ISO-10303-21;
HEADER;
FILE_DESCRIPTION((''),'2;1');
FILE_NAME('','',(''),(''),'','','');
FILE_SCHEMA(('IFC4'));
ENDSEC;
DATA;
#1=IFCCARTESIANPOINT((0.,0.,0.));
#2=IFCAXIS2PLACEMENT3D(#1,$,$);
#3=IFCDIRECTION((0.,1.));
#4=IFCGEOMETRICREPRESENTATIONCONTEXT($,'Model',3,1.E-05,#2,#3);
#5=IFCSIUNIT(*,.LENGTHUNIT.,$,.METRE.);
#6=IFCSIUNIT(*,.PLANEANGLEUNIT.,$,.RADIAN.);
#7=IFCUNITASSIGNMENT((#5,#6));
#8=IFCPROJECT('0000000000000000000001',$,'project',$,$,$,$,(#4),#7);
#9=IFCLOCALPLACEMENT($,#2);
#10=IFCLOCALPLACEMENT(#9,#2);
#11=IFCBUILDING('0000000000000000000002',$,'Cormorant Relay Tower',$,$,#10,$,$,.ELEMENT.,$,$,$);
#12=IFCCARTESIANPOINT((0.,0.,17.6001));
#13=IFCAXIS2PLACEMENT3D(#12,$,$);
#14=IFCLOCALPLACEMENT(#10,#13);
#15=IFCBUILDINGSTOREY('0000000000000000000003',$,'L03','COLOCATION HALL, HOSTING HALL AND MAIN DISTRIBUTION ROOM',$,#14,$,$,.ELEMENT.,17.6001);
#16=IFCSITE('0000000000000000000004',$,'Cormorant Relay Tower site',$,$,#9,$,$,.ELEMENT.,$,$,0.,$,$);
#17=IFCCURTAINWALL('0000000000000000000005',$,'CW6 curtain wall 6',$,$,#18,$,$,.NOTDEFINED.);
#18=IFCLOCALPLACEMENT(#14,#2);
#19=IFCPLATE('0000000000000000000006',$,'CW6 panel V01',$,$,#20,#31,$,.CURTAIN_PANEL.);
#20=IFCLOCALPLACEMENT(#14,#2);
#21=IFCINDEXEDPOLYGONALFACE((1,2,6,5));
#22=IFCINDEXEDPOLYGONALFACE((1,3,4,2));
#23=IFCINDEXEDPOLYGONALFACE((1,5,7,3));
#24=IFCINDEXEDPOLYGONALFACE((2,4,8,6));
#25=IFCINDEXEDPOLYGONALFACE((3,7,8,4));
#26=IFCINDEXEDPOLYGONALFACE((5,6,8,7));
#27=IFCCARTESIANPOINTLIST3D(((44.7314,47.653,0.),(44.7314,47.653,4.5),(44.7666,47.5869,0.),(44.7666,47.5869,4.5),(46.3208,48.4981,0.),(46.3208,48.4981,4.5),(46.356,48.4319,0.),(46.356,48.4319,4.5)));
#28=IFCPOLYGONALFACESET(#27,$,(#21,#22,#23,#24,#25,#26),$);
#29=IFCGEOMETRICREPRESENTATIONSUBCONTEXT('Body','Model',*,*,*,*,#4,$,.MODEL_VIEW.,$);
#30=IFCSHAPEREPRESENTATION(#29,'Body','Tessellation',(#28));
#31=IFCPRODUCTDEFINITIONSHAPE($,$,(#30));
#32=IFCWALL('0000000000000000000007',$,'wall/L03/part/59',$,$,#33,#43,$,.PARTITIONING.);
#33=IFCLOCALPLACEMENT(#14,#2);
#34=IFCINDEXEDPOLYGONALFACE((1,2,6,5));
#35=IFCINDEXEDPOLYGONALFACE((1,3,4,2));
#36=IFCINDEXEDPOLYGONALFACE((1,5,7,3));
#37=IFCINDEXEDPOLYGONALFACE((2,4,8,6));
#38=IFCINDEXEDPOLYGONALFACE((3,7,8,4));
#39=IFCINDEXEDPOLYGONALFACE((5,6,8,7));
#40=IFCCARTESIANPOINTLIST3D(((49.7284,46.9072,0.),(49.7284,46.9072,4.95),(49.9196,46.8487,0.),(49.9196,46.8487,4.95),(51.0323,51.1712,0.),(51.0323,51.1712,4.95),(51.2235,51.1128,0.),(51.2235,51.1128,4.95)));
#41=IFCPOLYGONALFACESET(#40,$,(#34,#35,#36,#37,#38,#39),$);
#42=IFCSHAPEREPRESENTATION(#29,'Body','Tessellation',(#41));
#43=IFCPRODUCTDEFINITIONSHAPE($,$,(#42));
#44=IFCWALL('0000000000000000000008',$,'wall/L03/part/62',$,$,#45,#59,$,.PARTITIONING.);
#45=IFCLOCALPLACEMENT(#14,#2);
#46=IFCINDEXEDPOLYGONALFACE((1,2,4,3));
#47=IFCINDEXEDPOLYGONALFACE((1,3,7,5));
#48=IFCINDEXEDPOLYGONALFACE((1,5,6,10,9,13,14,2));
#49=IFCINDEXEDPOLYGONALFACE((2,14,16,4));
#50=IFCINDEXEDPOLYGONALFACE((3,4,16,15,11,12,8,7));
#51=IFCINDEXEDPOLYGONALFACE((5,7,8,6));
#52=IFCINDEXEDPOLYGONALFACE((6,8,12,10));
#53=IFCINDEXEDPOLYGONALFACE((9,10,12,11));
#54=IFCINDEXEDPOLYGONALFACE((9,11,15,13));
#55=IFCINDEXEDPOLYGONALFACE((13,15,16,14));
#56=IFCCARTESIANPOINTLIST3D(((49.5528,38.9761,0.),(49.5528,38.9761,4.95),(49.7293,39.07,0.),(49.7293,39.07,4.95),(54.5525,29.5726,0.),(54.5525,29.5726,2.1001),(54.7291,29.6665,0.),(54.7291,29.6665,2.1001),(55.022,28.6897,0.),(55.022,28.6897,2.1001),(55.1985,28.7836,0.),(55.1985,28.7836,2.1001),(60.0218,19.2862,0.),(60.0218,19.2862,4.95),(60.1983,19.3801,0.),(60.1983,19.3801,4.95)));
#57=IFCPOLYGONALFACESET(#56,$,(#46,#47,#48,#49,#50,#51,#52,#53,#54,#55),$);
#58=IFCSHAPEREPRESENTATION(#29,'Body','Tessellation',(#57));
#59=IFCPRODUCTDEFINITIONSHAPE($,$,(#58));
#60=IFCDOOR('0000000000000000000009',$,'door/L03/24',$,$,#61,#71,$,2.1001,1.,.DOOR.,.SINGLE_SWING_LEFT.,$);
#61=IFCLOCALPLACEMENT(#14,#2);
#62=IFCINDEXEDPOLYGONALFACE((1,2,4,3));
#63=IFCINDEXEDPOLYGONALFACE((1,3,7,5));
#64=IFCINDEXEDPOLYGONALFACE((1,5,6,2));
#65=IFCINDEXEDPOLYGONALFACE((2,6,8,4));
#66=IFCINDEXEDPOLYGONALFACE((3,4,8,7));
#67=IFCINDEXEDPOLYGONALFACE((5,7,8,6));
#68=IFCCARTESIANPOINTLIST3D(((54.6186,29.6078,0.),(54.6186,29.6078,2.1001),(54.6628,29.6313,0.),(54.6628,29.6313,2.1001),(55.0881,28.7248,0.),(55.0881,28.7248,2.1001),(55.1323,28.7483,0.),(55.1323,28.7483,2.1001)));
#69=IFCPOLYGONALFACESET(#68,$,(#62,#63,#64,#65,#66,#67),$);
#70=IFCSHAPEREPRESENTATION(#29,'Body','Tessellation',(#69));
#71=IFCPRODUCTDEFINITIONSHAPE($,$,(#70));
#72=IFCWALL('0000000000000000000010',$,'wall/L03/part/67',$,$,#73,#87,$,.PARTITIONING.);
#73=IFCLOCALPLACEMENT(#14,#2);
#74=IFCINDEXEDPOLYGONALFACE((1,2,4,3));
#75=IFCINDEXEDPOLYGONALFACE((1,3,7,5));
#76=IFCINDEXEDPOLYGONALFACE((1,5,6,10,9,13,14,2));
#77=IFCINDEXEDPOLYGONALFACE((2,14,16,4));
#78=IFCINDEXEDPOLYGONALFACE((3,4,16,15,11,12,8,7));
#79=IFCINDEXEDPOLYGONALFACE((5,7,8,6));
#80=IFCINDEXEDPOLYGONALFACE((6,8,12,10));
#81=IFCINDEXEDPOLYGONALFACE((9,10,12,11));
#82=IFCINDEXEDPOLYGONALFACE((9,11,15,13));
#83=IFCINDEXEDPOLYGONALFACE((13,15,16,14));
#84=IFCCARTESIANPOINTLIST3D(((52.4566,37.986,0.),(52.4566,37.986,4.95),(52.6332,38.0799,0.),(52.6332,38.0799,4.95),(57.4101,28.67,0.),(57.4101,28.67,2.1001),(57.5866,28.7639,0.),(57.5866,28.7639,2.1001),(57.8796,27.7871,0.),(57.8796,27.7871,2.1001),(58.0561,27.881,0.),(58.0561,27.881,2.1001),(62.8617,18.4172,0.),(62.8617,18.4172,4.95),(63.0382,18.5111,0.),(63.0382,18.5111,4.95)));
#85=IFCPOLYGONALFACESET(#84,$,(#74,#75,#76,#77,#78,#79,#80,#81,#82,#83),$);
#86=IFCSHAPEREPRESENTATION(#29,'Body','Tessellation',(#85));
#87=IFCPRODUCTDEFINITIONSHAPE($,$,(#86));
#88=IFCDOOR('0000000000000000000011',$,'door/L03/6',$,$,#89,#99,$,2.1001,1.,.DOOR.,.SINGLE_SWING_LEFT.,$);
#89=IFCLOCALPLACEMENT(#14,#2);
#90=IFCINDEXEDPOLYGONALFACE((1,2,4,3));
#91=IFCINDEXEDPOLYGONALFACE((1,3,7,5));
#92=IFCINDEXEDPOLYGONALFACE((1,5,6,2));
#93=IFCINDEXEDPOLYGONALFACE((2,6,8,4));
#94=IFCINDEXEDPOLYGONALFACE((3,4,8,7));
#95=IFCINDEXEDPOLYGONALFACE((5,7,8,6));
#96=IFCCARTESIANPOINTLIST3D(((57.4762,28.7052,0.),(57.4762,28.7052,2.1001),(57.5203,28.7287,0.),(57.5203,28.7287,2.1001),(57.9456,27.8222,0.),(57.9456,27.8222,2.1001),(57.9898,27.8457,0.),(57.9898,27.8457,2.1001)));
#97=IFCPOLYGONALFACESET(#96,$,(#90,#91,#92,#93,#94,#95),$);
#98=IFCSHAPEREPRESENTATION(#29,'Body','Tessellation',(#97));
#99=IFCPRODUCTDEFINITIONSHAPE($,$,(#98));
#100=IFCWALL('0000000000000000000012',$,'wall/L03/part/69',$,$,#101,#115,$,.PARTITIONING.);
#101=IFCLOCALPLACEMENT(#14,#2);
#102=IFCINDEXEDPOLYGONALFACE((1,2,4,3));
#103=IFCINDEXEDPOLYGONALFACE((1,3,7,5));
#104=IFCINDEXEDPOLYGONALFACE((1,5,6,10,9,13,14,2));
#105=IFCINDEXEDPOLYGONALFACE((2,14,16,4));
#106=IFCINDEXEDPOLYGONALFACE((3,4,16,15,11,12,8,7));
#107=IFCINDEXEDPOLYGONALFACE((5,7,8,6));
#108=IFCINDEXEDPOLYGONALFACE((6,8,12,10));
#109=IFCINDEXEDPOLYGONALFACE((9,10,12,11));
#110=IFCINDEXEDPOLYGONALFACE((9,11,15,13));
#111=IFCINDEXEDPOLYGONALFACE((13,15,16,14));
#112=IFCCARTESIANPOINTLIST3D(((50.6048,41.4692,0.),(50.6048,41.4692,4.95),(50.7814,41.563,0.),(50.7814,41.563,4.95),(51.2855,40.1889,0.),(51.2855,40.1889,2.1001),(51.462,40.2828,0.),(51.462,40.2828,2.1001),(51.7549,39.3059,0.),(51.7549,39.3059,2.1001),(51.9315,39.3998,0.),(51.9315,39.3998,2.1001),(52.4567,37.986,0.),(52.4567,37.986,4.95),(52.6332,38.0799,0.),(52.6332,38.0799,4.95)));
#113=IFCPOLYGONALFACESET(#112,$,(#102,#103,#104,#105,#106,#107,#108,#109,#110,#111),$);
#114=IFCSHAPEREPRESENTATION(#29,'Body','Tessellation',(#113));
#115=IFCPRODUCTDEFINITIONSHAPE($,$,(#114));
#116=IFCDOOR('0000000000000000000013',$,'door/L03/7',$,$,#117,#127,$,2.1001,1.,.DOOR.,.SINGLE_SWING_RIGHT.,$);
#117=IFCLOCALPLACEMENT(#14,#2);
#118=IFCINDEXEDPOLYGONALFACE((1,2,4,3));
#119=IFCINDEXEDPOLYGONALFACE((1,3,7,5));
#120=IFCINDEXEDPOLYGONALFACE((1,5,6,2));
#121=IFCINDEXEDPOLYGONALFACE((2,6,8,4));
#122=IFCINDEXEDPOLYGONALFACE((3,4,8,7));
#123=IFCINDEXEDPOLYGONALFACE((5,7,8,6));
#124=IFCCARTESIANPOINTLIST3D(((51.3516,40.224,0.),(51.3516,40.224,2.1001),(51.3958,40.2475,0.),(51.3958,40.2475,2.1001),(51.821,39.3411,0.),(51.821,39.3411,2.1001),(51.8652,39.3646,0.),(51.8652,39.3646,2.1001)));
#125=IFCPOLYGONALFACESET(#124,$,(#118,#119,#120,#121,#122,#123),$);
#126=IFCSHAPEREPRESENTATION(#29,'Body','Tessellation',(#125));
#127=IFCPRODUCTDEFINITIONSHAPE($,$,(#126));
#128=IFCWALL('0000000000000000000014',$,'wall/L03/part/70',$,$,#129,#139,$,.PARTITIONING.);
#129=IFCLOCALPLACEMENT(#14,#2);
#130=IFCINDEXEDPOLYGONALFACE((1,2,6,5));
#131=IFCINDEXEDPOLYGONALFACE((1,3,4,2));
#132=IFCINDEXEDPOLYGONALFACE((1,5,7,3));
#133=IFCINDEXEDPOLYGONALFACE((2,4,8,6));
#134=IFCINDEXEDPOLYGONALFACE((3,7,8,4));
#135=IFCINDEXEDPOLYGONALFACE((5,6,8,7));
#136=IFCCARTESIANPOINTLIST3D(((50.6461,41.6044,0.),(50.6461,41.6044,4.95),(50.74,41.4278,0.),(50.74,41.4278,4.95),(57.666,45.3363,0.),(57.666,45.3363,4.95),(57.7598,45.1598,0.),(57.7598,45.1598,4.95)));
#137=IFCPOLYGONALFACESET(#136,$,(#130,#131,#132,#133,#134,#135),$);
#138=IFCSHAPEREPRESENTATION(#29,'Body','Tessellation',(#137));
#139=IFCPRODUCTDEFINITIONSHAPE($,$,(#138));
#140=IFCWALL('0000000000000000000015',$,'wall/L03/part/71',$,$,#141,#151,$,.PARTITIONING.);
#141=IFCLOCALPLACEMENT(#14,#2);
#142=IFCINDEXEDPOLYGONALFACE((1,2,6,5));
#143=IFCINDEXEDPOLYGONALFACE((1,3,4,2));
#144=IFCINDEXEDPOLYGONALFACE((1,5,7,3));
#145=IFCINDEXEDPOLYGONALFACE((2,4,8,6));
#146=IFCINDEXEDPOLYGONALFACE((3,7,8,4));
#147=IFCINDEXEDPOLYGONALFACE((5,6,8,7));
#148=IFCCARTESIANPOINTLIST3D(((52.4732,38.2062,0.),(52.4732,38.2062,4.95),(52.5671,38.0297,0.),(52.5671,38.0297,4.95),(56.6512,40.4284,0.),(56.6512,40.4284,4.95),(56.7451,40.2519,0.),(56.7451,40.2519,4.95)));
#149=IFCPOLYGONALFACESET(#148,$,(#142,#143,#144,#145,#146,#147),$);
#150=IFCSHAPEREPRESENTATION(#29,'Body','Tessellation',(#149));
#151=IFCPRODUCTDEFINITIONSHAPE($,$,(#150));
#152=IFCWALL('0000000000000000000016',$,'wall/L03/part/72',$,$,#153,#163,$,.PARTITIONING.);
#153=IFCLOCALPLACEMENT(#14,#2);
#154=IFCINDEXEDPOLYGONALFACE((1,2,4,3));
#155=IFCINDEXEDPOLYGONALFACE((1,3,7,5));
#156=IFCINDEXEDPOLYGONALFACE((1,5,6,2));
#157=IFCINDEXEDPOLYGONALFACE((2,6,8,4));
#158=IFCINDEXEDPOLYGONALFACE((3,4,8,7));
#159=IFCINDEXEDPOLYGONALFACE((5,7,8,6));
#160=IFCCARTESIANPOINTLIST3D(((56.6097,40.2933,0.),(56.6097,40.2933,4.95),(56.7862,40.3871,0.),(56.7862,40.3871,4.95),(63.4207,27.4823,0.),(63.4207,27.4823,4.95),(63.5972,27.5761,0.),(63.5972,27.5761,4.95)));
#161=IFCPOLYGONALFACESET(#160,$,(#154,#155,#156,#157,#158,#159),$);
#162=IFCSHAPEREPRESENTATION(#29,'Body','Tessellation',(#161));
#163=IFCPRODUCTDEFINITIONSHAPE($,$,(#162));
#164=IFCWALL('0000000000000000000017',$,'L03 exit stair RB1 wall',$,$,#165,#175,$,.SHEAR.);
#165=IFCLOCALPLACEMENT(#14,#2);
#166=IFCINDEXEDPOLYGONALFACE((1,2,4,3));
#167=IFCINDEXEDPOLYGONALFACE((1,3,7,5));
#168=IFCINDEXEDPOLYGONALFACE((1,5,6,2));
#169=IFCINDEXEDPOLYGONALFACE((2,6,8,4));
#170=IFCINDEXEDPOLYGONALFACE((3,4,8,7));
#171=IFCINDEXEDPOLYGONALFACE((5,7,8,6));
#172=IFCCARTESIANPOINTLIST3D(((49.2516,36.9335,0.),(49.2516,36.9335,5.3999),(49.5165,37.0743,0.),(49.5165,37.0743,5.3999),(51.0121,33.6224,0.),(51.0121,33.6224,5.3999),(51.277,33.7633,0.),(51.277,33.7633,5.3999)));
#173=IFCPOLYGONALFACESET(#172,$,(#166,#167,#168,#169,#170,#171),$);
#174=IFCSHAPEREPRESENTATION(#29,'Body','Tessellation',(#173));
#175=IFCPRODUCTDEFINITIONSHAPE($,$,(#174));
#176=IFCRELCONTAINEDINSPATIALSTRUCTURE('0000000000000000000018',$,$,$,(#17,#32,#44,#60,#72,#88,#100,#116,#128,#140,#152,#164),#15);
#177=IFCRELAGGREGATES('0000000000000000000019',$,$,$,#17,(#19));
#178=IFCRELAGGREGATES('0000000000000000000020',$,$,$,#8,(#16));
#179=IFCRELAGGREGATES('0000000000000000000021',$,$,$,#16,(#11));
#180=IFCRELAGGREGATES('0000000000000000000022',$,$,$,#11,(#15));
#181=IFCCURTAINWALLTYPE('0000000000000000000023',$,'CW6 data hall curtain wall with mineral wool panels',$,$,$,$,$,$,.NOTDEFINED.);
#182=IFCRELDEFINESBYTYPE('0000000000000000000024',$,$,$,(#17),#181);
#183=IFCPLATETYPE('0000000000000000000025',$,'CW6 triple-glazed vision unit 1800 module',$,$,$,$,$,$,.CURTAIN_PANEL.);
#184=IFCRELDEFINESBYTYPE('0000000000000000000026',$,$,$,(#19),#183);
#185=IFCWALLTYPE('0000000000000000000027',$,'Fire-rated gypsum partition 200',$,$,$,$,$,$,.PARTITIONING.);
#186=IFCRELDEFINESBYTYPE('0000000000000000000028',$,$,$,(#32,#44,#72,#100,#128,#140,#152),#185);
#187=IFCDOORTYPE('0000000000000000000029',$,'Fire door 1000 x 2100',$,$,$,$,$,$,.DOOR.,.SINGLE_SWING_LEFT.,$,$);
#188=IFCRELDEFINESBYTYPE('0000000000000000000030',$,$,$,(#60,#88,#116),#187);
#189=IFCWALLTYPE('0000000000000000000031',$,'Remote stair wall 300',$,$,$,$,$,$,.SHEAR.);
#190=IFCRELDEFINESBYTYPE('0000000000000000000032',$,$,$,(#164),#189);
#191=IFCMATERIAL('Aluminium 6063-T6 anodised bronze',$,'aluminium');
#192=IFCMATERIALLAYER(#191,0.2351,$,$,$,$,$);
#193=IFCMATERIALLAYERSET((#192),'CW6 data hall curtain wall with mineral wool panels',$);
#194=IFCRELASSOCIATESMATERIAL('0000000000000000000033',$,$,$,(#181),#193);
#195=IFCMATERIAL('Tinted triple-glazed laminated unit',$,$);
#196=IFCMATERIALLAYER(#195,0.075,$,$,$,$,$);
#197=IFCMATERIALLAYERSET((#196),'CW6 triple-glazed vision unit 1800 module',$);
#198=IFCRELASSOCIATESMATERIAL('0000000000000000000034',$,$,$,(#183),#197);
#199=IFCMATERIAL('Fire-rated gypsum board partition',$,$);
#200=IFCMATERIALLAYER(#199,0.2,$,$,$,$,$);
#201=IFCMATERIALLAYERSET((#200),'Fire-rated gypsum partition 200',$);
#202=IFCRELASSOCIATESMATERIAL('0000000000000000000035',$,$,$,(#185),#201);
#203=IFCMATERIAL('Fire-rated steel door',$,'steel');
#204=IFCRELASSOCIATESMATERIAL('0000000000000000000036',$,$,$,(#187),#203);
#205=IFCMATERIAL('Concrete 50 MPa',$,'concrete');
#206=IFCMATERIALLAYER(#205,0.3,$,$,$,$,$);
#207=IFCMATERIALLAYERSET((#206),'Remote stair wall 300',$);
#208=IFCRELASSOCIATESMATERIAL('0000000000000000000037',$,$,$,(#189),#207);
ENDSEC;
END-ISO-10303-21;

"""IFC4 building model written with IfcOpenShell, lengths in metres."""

from ifc_helpers import new_model, si_unit, direction, frame, frame_2d, origin, origin_2d, place, context, subcontext, project, spatial, rectangle, extrude, material, layer, layer_set, type_object, element, fill, aggregate, save


model = new_model("IFC4")

# Units and contexts
model_context = context("Model", 3, precision=1e-05, world=origin(), true_north=direction((0.0, 1.0)))
body_context = subcontext(model_context, "Body", "Model", "MODEL_VIEW")
ifc_project = project(units=[si_unit("LENGTHUNIT", "METRE"), si_unit("PLANEANGLEUNIT", "RADIAN")], contexts=[model_context])

# Site, building, storey
site_placement = place(None, origin())
site = spatial("IfcSite", under=ifc_project, at=site_placement, Name="Cormorant Relay Tower site", CompositionType="ELEMENT", RefElevation=0.0)
building_placement = place(site_placement, origin())
building = spatial("IfcBuilding", under=site, at=building_placement, Name="Cormorant Relay Tower", CompositionType="ELEMENT")
storey_placement = place(building_placement, frame((0.0, 0.0, 17.6001)))
storey = spatial("IfcBuildingStorey", under=building, at=storey_placement, Name="L03", Description="COLOCATION HALL, HOSTING HALL AND MAIN DISTRIBUTION ROOM", CompositionType="ELEMENT", Elevation=17.6001)

# Shared definitions
ifc_material_1 = material(Name="Aluminium 6063-T6 anodised bronze", Category="aluminium")
ifc_layer_1 = layer(ifc_material_1, 0.2351)
ifc_layer_set_1 = layer_set([ifc_layer_1], Name="CW6 data hall curtain wall with mineral wool panels")
curtain_wall_type = type_object("IfcCurtainWallType", Name="CW6 data hall curtain wall with mineral wool panels", PredefinedType="NOTDEFINED", material=ifc_layer_set_1)

# Curtain wall
curtain_wall_1_placement = place(storey_placement, origin())
curtain_wall_1 = element("IfcCurtainWall", 1, at=curtain_wall_1_placement, inside=storey, type_object=curtain_wall_type, Name="CW6 curtain wall 6", PredefinedType="NOTDEFINED")

# Plate
ifc_material_2 = material(Name="Tinted triple-glazed laminated unit")
ifc_layer_2 = layer(ifc_material_2, 0.075)
ifc_layer_set_2 = layer_set([ifc_layer_2], Name="CW6 triple-glazed vision unit 1800 module")
plate_type = type_object("IfcPlateType", Name="CW6 triple-glazed vision unit 1800 module", PredefinedType="CURTAIN_PANEL", material=ifc_layer_set_2)
plate_1_placement = place(storey_placement, frame((45.5437, 48.0425, 0.0), z_axis=(0.0, 0.0, 1.0), x_axis=(-0.882948, -0.469472, 0.0)))
plate_1 = element("IfcPlate", 2, at=plate_1_placement, type_object=plate_type, Name="CW6 panel V01", PredefinedType="CURTAIN_PANEL", context=body_context, shape_type="SweptSolid", body=[
    extrude(rectangle(XDim=1.8, YDim=0.075, at=origin_2d()), origin(), (0.0, 0.0, 1.0), 4.5),
])

# Wall
ifc_material_3 = material(Name="Fire-rated gypsum board partition")
ifc_layer_3 = layer(ifc_material_3, 0.2)
ifc_layer_set_3 = layer_set([ifc_layer_3], Name="Fire-rated gypsum partition 200")
wall_type_1 = type_object("IfcWallType", Name="Fire-rated gypsum partition 200", PredefinedType="PARTITIONING", material=ifc_layer_set_3)
wall_1_placement = place(storey_placement, frame((49.824, 46.8779, 0.0), z_axis=(0.0, 0.0, 1.0), x_axis=(0.292427, 0.956288, 0.0)))
element("IfcWall", 3, at=wall_1_placement, inside=storey, type_object=wall_type_1, Name="wall/L03/part/59", PredefinedType="PARTITIONING", context=body_context, shape_type="SweptSolid", body=[
    extrude(rectangle(XDim=4.459, YDim=0.2, at=frame_2d((2.2295, 0.0))), origin(), (0.0, 0.0, 1.0), 4.95),
])

# Walls, openings, doors
wall_2_placement = place(storey_placement, frame((49.6411, 39.0229, 0.0), z_axis=(0.0, 0.0, 1.0), x_axis=(0.46946, -0.882954, 0.0)))
wall_2 = element("IfcWall", 4, at=wall_2_placement, inside=storey, type_object=wall_type_1, Name="wall/L03/part/62", PredefinedType="PARTITIONING", context=body_context, shape_type="SweptSolid", body=[
    extrude(rectangle(XDim=22.3, YDim=0.2, at=frame_2d((11.1499, 0.0))), origin(), (0.0, 0.0, 1.0), 4.95),
])
opening_1_placement = place(wall_2_placement, frame((10.6499, 0.0, 0.0)))
opening_1 = element("IfcOpeningElement", 5, at=opening_1_placement, cuts=wall_2, PredefinedType="OPENING", context=body_context, shape_type="SweptSolid", body=[
    extrude(rectangle(XDim=1.0, YDim=2.1001, at=frame_2d((0.5, 1.05))), frame((0.0, 0.1099, 0.0), z_axis=(0.0, -1.0, 0.0), x_axis=(1.0, 0.0, 0.0)), (0.0, 0.0, 1.0), 0.22),
])
ifc_material_4 = material(Name="Fire-rated steel door", Category="steel")
door_type = type_object("IfcDoorType", Name="Fire door 1000 x 2100", OperationType="SINGLE_SWING_LEFT", PredefinedType="DOOR", material=ifc_material_4)
door_1_placement = place(opening_1_placement, origin())
door_1 = element("IfcDoor", 6, at=door_1_placement, inside=storey, type_object=door_type, Name="door/L03/24", OperationType="SINGLE_SWING_LEFT", OverallHeight=2.1001, OverallWidth=1.0, PredefinedType="DOOR", context=body_context, shape_type="SweptSolid", body=[
    extrude(rectangle(XDim=1.0, YDim=2.1001, at=frame_2d((0.5, 1.05))), frame((0.0, 0.0249, 0.0), z_axis=(0.0, -1.0, 0.0), x_axis=(1.0, 0.0, 0.0)), (0.0, 0.0, 1.0), 0.05),
])
fill(opening_1, door_1)
wall_3_placement = place(storey_placement, frame((52.5449, 38.033, 0.0), z_axis=(0.0, 0.0, 1.0), x_axis=(0.469475, -0.882946, 0.0)))
wall_3 = element("IfcWall", 7, at=wall_3_placement, inside=storey, type_object=wall_type_1, Name="wall/L03/part/67", PredefinedType="PARTITIONING", context=body_context, shape_type="SweptSolid", body=[
    extrude(rectangle(XDim=22.1631, YDim=0.2, at=frame_2d((11.0815, 0.0))), origin(), (0.0, 0.0, 1.0), 4.95),
])
opening_2_placement = place(wall_3_placement, frame((10.551, 0.0, 0.0)))
opening_2 = element("IfcOpeningElement", 8, at=opening_2_placement, cuts=wall_3, PredefinedType="OPENING", context=body_context, shape_type="SweptSolid", body=[
    extrude(rectangle(XDim=1.0, YDim=2.1001, at=frame_2d((0.5, 1.05))), frame((0.0, 0.1099, 0.0), z_axis=(0.0, -1.0, 0.0), x_axis=(1.0, 0.0, 0.0)), (0.0, 0.0, 1.0), 0.22),
])
door_2_placement = place(opening_2_placement, origin())
door_2 = element("IfcDoor", 9, at=door_2_placement, inside=storey, type_object=door_type, Name="door/L03/6", OperationType="SINGLE_SWING_LEFT", OverallHeight=2.1001, OverallWidth=1.0, PredefinedType="DOOR", context=body_context, shape_type="SweptSolid", body=[
    extrude(rectangle(XDim=1.0, YDim=2.1001, at=frame_2d((0.5, 1.05))), frame((0.0, 0.0249, 0.0), z_axis=(0.0, -1.0, 0.0), x_axis=(1.0, 0.0, 0.0)), (0.0, 0.0, 1.0), 0.05),
])
fill(opening_2, door_2)
wall_4_placement = place(storey_placement, frame((50.6931, 41.5161, 0.0), z_axis=(0.0, 0.0, 1.0), x_axis=(0.469428, -0.882971, 0.0)))
wall_4 = element("IfcWall", 10, at=wall_4_placement, inside=storey, type_object=wall_type_1, Name="wall/L03/part/69", PredefinedType="PARTITIONING", context=body_context, shape_type="SweptSolid", body=[
    extrude(rectangle(XDim=3.9448, YDim=0.2, at=frame_2d((1.9724, 0.0))), origin(), (0.0, 0.0, 1.0), 4.95),
])
opening_3_placement = place(wall_4_placement, frame((1.45, 0.0, 0.0)))
opening_3 = element("IfcOpeningElement", 11, at=opening_3_placement, cuts=wall_4, PredefinedType="OPENING", context=body_context, shape_type="SweptSolid", body=[
    extrude(rectangle(XDim=1.0, YDim=2.1001, at=frame_2d((0.5, 1.05))), frame((0.0, 0.1099, 0.0), z_axis=(0.0, -1.0, 0.0), x_axis=(1.0, 0.0, 0.0)), (0.0, 0.0, 1.0), 0.22),
])
door_3_placement = place(opening_3_placement, origin())
door_3 = element("IfcDoor", 12, at=door_3_placement, inside=storey, type_object=door_type, Name="door/L03/7", OperationType="SINGLE_SWING_RIGHT", OverallHeight=2.1001, OverallWidth=1.0, PredefinedType="DOOR", context=body_context, shape_type="SweptSolid", body=[
    extrude(rectangle(XDim=1.0, YDim=2.1001, at=frame_2d((0.5, 1.05))), frame((0.0, 0.0249, 0.0), z_axis=(0.0, -1.0, 0.0), x_axis=(1.0, 0.0, 0.0)), (0.0, 0.0, 1.0), 0.05),
])
fill(opening_3, door_3)

# Walls
wall_5_placement = place(storey_placement, frame((57.7129, 45.248, 0.0), z_axis=(0.0, 0.0, 1.0), x_axis=(-0.882976, -0.469418, 0.0)))
element("IfcWall", 13, at=wall_5_placement, inside=storey, type_object=wall_type_1, Name="wall/L03/part/70", PredefinedType="PARTITIONING", context=body_context, shape_type="SweptSolid", body=[
    extrude(rectangle(XDim=7.9502, YDim=0.2, at=frame_2d((3.9751, 0.0))), origin(), (0.0, 0.0, 1.0), 4.95),
])
wall_6_placement = place(storey_placement, frame((52.52, 38.1179, 0.0), z_axis=(0.0, 0.0, 1.0), x_axis=(0.882886, 0.469586, 0.0)))
element("IfcWall", 14, at=wall_6_placement, inside=storey, type_object=wall_type_1, Name="wall/L03/part/71", PredefinedType="PARTITIONING", context=body_context, shape_type="SweptSolid", body=[
    extrude(rectangle(XDim=4.7322, YDim=0.2, at=frame_2d((2.3662, 0.0))), origin(), (0.0, 0.0, 1.0), 4.95),
])
wall_7_placement = place(storey_placement, frame((56.698, 40.3401, 0.0), z_axis=(0.0, 0.0, 1.0), x_axis=(0.469433, -0.882968, 0.0)))
element("IfcWall", 15, at=wall_7_placement, inside=storey, type_object=wall_type_1, Name="wall/L03/part/72", PredefinedType="PARTITIONING", context=body_context, shape_type="SweptSolid", body=[
    extrude(rectangle(XDim=14.509, YDim=0.2, at=frame_2d((7.2544, 0.0))), origin(), (0.0, 0.0, 1.0), 4.95),
])
ifc_material_5 = material(Name="Concrete 50 MPa", Category="concrete")
ifc_layer_4 = layer(ifc_material_5, 0.3)
ifc_layer_set_4 = layer_set([ifc_layer_4], Name="Remote stair wall 300")
wall_type_2 = type_object("IfcWallType", Name="Remote stair wall 300", PredefinedType="SHEAR", material=ifc_layer_set_4)
wall_8_placement = place(storey_placement, frame((49.384, 37.0039, 0.0), z_axis=(0.0, 0.0, 1.0), x_axis=(0.469469, -0.882949, 0.0)))
element("IfcWall", 16, at=wall_8_placement, inside=storey, type_object=wall_type_2, Name="L03 exit stair RB1 wall", PredefinedType="SHEAR", context=body_context, shape_type="SweptSolid", body=[
    extrude(rectangle(XDim=3.75, YDim=0.3, at=frame_2d((1.875, 0.0))), origin(), (0.0, 0.0, 1.0), 5.3999),
])

aggregate(curtain_wall_1, [plate_1])

save(model, "model.ifc")
